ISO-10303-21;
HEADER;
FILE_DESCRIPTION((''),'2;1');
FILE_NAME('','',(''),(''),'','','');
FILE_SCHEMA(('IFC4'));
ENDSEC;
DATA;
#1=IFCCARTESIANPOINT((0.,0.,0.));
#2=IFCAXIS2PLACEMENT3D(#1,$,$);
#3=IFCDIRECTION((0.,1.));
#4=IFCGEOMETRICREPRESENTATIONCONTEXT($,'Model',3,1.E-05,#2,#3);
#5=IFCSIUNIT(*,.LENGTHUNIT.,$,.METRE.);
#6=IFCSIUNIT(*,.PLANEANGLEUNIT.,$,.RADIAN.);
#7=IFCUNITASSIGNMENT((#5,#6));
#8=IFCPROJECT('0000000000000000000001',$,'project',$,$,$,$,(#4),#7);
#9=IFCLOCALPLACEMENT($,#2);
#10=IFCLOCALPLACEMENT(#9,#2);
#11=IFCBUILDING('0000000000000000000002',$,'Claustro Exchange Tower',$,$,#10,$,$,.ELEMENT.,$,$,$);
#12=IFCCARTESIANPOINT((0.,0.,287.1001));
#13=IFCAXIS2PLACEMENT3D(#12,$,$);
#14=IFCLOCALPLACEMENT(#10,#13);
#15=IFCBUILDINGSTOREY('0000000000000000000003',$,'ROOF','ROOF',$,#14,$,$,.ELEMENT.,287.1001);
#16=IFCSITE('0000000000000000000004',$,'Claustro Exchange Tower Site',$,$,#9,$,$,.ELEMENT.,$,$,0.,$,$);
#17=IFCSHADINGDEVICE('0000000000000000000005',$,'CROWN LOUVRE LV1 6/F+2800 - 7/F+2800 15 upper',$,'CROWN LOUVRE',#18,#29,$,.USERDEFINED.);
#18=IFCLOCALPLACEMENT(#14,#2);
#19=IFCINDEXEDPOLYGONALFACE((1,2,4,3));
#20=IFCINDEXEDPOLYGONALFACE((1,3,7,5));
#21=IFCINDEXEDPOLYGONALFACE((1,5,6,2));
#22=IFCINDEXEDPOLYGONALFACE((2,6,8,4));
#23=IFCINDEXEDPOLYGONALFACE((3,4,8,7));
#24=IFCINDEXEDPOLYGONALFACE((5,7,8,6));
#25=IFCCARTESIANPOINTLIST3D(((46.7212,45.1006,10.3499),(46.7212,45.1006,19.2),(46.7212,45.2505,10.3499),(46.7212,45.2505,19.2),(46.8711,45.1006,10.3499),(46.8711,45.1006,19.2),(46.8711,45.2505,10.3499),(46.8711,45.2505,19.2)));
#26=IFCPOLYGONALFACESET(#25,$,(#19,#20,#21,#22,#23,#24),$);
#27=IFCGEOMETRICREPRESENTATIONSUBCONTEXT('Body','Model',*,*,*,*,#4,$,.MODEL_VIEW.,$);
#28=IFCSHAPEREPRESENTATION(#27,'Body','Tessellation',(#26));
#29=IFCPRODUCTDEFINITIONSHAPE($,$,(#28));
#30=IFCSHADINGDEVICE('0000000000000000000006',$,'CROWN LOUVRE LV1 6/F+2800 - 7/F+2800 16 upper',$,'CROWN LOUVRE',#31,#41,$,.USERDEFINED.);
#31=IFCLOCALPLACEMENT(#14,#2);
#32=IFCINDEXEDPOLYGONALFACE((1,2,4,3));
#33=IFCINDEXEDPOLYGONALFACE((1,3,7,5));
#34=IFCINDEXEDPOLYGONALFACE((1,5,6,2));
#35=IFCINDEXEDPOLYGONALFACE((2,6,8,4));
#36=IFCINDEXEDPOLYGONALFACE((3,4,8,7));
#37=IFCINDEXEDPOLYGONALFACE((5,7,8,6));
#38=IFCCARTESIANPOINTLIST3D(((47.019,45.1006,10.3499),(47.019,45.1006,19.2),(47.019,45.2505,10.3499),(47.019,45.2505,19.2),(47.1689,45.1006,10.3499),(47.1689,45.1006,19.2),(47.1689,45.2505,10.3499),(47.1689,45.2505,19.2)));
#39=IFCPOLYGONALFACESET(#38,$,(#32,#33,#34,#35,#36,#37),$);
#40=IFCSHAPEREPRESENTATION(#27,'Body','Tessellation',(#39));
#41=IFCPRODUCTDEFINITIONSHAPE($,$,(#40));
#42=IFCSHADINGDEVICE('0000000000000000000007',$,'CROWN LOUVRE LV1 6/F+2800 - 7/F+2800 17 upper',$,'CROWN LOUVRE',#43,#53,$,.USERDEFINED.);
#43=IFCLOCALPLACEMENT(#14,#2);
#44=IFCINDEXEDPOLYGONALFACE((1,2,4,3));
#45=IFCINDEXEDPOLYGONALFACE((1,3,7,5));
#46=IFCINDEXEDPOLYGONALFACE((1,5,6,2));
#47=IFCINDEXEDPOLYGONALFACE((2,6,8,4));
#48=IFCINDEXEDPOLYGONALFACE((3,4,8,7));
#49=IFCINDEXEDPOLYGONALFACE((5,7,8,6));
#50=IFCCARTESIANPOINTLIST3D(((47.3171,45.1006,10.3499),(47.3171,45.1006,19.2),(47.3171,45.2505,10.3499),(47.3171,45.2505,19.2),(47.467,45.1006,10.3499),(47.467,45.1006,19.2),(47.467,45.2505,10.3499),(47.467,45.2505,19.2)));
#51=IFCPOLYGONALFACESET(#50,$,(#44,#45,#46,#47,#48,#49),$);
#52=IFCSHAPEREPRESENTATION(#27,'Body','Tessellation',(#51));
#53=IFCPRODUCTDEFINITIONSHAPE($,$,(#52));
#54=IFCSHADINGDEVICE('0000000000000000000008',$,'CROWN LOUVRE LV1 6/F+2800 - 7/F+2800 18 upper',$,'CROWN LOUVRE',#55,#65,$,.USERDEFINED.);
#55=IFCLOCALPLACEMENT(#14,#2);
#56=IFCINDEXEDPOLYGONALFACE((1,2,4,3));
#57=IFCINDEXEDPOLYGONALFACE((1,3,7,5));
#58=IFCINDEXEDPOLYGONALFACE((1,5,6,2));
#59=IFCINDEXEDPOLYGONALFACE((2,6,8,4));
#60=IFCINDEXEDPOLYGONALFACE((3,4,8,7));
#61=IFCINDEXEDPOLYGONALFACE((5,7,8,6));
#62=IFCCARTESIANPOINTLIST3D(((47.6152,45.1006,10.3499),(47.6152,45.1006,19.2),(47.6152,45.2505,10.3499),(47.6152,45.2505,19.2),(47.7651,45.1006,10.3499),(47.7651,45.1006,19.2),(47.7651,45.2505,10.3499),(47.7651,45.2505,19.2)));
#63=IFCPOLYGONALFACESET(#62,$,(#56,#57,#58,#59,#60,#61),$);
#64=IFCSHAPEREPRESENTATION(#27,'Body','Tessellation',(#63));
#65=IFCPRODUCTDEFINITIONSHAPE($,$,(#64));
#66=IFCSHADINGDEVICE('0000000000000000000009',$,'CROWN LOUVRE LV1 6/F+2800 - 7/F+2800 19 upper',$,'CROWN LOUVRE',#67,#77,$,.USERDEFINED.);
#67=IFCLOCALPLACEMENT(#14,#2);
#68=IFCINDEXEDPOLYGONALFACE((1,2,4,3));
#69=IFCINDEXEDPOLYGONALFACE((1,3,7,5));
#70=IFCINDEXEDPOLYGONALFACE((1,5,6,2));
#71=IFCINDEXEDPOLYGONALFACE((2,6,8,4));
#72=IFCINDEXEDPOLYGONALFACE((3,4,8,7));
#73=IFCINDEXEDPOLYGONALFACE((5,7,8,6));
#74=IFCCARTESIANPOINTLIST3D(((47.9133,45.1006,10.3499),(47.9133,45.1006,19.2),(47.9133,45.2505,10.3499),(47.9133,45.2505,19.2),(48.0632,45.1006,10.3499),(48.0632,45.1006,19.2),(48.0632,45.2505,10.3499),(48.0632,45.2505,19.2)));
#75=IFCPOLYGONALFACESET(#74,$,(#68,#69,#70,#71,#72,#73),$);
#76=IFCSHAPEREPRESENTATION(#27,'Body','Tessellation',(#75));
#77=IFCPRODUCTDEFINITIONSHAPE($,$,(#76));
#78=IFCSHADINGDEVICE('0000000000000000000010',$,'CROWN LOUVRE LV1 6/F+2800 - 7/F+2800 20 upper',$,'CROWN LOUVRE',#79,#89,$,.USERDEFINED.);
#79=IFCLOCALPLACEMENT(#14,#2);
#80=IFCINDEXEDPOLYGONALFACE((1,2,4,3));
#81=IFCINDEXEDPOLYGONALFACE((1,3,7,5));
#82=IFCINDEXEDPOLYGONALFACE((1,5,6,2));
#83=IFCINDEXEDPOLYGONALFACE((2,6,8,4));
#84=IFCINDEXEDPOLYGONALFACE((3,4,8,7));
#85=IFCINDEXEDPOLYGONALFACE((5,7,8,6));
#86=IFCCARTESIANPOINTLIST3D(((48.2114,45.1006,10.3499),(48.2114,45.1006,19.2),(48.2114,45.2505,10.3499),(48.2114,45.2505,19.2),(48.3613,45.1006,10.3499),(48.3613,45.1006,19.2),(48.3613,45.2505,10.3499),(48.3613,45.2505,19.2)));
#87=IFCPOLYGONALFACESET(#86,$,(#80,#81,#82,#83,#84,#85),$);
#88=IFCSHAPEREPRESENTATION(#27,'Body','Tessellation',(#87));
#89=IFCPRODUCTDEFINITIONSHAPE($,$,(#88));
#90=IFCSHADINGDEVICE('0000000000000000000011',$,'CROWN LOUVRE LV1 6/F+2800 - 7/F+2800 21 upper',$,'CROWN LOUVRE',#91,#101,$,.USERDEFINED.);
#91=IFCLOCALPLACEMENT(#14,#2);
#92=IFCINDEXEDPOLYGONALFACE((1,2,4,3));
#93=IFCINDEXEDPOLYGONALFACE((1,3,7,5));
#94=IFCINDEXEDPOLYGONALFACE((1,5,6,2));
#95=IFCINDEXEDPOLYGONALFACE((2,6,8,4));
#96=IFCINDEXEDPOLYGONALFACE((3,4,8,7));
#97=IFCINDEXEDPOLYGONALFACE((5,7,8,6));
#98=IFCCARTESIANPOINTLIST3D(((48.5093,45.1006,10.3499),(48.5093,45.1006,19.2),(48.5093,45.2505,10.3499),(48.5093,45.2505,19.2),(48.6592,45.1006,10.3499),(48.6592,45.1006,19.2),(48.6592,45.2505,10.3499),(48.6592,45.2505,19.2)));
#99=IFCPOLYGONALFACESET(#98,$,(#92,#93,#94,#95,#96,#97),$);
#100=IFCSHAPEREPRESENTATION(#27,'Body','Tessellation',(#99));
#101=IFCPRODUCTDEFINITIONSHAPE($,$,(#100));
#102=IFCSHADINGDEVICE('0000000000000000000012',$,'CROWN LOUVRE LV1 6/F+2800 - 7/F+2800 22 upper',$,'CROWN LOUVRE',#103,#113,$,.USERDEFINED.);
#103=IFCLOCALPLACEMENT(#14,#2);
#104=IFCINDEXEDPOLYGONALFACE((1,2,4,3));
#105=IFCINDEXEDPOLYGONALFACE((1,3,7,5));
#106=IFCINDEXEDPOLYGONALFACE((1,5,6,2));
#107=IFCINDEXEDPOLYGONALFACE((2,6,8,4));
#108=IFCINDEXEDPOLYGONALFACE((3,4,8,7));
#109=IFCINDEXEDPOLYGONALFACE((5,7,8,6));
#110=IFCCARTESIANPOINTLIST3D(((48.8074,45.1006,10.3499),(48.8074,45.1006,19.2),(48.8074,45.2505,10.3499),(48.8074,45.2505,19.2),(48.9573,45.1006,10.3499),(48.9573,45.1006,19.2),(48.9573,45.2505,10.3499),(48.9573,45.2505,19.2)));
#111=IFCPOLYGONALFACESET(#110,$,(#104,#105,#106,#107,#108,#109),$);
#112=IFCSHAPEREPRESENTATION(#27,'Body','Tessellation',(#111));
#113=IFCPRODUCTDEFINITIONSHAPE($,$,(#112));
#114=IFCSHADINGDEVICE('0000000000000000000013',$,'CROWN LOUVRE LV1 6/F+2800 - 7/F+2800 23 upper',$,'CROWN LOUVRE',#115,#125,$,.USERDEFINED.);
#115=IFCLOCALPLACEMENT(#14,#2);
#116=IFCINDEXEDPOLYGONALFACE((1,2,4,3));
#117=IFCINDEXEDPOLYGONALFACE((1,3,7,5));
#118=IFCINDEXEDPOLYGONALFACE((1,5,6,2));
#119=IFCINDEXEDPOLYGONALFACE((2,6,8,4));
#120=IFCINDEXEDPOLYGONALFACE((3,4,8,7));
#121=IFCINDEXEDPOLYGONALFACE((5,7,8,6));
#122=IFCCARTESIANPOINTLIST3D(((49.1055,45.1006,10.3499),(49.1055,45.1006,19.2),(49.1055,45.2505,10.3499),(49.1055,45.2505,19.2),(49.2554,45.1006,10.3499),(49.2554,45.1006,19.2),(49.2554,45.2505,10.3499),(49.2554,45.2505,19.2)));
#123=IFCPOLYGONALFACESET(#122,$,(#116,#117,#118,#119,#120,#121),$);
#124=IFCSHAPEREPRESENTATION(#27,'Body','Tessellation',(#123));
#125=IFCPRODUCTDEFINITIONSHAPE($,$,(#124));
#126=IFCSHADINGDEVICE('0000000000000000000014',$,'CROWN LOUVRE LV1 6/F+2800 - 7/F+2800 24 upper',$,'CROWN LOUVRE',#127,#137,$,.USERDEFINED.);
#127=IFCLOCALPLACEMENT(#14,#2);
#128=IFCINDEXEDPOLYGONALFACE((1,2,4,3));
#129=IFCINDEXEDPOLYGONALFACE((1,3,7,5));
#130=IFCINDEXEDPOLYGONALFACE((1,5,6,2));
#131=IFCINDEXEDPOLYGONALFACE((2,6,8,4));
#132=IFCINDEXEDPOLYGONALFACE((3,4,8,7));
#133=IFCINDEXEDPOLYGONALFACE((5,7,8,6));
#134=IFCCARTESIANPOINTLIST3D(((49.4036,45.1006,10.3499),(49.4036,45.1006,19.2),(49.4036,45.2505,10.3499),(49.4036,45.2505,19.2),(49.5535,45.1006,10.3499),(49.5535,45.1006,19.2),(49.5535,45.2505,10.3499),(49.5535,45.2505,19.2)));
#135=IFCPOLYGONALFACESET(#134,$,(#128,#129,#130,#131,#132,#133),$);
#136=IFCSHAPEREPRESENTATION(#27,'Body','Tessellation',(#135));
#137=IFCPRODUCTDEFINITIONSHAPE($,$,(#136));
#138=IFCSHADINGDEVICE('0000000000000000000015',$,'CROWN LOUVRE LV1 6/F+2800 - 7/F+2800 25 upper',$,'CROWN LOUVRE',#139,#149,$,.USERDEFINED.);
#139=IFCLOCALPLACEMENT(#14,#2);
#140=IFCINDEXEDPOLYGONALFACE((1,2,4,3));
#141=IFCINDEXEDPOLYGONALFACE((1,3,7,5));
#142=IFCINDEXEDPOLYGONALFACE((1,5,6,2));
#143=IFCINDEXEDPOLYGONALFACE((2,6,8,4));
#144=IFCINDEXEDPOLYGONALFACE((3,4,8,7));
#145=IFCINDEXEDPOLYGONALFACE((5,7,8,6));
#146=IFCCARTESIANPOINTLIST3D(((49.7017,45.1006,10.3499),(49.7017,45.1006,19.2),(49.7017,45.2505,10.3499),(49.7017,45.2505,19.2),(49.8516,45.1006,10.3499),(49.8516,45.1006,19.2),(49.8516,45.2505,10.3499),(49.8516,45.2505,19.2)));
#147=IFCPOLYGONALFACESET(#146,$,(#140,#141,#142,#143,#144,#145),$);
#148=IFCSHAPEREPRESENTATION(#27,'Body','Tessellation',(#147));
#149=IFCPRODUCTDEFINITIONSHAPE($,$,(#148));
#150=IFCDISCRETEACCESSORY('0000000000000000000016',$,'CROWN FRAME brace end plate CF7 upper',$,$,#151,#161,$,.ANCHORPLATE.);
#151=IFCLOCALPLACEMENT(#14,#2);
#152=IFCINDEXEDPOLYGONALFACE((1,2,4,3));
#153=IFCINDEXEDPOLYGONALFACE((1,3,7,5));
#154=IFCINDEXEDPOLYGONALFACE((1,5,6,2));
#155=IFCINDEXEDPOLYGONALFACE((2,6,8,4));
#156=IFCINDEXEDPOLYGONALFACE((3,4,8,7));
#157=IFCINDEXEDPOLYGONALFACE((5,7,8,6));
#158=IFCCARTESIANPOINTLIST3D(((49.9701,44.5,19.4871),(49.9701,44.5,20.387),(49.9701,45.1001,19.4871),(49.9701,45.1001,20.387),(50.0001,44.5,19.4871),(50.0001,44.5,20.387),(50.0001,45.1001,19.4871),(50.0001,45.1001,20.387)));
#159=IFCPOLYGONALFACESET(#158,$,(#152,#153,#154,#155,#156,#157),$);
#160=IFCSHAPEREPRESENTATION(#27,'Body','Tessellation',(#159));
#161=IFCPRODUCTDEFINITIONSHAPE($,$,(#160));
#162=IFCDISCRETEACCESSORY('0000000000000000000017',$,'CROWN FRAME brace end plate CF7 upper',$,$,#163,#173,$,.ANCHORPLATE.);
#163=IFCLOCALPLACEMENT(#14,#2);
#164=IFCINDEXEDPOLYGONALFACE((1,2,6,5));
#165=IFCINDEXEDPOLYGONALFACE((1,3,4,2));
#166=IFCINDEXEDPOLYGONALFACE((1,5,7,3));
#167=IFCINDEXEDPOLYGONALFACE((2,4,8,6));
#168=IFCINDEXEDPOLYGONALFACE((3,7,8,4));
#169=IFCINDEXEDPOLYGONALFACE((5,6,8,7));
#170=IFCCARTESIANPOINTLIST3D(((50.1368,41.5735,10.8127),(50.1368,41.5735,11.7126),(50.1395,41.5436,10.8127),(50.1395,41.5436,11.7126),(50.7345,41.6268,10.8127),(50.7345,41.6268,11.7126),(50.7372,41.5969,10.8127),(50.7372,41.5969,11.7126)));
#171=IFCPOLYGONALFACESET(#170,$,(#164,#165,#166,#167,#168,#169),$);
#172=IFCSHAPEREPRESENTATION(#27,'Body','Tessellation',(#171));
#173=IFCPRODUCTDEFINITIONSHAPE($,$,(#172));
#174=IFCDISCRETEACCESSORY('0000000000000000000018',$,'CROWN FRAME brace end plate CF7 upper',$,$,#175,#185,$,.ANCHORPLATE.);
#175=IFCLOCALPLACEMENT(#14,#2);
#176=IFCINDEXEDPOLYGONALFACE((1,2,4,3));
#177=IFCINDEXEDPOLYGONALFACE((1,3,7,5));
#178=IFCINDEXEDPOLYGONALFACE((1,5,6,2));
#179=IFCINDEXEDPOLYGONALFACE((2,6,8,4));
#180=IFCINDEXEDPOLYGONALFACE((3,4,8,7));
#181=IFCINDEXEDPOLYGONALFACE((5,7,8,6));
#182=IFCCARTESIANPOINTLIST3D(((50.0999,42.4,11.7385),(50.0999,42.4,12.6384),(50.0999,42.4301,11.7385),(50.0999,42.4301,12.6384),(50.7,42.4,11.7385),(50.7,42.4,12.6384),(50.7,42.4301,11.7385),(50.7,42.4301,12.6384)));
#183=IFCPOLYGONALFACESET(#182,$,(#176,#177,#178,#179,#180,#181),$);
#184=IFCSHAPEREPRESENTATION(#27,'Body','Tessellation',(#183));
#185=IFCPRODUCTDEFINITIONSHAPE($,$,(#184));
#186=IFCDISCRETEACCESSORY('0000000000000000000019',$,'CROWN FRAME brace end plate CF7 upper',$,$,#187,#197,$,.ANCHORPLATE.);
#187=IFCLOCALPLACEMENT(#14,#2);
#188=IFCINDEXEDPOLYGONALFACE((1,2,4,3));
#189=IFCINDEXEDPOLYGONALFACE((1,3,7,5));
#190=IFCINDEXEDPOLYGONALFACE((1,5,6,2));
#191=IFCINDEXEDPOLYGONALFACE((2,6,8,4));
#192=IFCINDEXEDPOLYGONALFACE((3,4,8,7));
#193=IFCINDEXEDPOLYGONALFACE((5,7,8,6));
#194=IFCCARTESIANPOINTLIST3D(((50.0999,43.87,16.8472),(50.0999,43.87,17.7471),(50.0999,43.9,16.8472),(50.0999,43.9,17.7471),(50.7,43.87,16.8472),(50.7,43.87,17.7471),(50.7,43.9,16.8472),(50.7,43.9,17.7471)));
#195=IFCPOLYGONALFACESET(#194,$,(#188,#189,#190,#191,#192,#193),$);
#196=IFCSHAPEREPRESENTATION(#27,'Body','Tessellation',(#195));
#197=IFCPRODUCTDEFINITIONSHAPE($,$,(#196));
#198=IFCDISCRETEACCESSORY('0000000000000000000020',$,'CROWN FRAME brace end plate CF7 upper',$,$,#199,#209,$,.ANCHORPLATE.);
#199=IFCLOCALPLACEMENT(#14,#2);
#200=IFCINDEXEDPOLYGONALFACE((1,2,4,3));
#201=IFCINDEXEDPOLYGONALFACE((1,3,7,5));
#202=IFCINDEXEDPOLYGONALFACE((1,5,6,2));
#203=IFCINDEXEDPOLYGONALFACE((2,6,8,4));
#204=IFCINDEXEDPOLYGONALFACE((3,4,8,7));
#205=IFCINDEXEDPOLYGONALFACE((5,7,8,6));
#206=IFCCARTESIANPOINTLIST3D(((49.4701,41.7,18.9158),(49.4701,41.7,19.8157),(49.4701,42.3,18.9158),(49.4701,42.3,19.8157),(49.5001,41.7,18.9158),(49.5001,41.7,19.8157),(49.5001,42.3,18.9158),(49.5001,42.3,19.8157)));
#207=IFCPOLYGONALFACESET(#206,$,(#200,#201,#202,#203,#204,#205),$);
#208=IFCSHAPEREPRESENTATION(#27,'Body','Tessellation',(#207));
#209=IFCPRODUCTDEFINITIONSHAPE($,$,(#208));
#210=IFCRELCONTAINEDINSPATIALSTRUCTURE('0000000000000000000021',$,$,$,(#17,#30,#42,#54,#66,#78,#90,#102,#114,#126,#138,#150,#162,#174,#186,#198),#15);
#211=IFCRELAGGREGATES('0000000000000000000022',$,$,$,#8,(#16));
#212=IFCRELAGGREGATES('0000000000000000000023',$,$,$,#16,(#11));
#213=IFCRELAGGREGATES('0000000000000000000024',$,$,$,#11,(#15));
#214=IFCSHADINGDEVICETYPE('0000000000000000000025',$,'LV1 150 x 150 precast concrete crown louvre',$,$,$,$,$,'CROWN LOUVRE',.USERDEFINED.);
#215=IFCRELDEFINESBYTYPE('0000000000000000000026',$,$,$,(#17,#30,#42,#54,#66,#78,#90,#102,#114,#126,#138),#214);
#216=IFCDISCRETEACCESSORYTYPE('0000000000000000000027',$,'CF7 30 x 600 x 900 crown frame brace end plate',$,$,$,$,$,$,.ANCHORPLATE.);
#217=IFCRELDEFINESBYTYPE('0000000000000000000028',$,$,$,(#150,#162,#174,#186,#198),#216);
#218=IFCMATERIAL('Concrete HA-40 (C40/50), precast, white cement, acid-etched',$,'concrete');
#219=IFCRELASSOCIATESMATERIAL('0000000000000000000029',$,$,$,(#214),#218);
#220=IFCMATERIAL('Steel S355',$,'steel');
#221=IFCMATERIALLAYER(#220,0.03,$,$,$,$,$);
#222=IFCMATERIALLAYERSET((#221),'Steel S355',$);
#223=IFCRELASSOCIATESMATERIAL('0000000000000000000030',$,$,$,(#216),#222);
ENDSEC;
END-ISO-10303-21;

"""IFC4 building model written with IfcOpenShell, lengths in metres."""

from ifc_helpers import new_model, si_unit, direction, frame, origin, origin_2d, place, context, subcontext, project, spatial, rectangle, extrude, material, layer, layer_set, type_object, element, save


model = new_model("IFC4")

# Units and contexts
model_context = context("Model", 3, precision=1e-05, world=origin(), true_north=direction((0.0, 1.0)))
body_context = subcontext(model_context, "Body", "Model", "MODEL_VIEW")
ifc_project = project(units=[si_unit("LENGTHUNIT", "METRE"), si_unit("PLANEANGLEUNIT", "RADIAN")], contexts=[model_context])

# Site, building, storey
site_placement = place(None, origin())
site = spatial("IfcSite", under=ifc_project, at=site_placement, Name="Claustro Exchange Tower Site", CompositionType="ELEMENT", RefElevation=0.0)
building_placement = place(site_placement, origin())
building = spatial("IfcBuilding", under=site, at=building_placement, Name="Claustro Exchange Tower", CompositionType="ELEMENT")
storey_placement = place(building_placement, frame((0.0, 0.0, 287.1001)))
storey = spatial("IfcBuildingStorey", under=building, at=storey_placement, Name="ROOF", Description="ROOF", CompositionType="ELEMENT", Elevation=287.1001)

# Shading devices
ifc_material_1 = material(Name="Concrete HA-40 (C40/50), precast, white cement, acid-etched", Category="concrete")
shading_device_type = type_object("IfcShadingDeviceType", Name="LV1 150 x 150 precast concrete crown louvre", ElementType="CROWN LOUVRE", PredefinedType="USERDEFINED", material=ifc_material_1)
for number, where, z_axis, x_axis, name in (
    (1, (46.7961, 45.1755, 10.3499), (0.0, 0.0, 1.0), (1.0, 0.0, 0.0), "CROWN LOUVRE LV1 6/F+2800 - 7/F+2800 15 upper"),
    (2, (47.094, 45.1755, 10.3499), (0.0, 0.0, 1.0), (1.0, 0.0, 0.0), "CROWN LOUVRE LV1 6/F+2800 - 7/F+2800 16 upper"),
    (3, (47.3921, 45.1755, 10.3499), (0.0, 0.0, 1.0), (1.0, 0.0, 0.0), "CROWN LOUVRE LV1 6/F+2800 - 7/F+2800 17 upper"),
    (4, (47.6902, 45.1755, 10.3499), (0.0, 0.0, 1.0), (1.0, 0.0, 0.0), "CROWN LOUVRE LV1 6/F+2800 - 7/F+2800 18 upper"),
    (5, (47.9883, 45.1755, 10.3499), (0.0, 0.0, 1.0), (1.0, 0.0, 0.0), "CROWN LOUVRE LV1 6/F+2800 - 7/F+2800 19 upper"),
    (6, (48.2864, 45.1755, 10.3499), (0.0, 0.0, 1.0), (1.0, 0.0, 0.0), "CROWN LOUVRE LV1 6/F+2800 - 7/F+2800 20 upper"),
    (7, (48.5842, 45.1755, 10.3499), (0.0, 0.0, 1.0), (1.0, 0.0, 0.0), "CROWN LOUVRE LV1 6/F+2800 - 7/F+2800 21 upper"),
    (8, (48.8823, 45.1755, 10.3499), (0.0, 0.0, 1.0), (1.0, 0.0, 0.0), "CROWN LOUVRE LV1 6/F+2800 - 7/F+2800 22 upper"),
    (9, (49.1804, 45.1755, 10.3499), (0.0, 0.0, 1.0), (1.0, 0.0, 0.0), "CROWN LOUVRE LV1 6/F+2800 - 7/F+2800 23 upper"),
    (10, (49.4785, 45.1755, 10.3499), (0.0, 0.0, 1.0), (1.0, 0.0, 0.0), "CROWN LOUVRE LV1 6/F+2800 - 7/F+2800 24 upper"),
    (11, (49.7766, 45.1755, 10.3499), (0.0, 0.0, 1.0), (1.0, 0.0, 0.0), "CROWN LOUVRE LV1 6/F+2800 - 7/F+2800 25 upper"),
):
    element("IfcShadingDevice", number, at=place(storey_placement, frame(where, z_axis=z_axis, x_axis=x_axis)), inside=storey, type_object=shading_device_type, Name=name, ObjectType="CROWN LOUVRE", PredefinedType="USERDEFINED", context=body_context, shape_type="SweptSolid", body=[
        extrude(rectangle(XDim=0.1499, YDim=0.1499, at=origin_2d()), origin(), (0.0, 0.0, 1.0), 8.8501),
    ])

# Discrete accessories
ifc_material_2 = material(Name="Steel S355", Category="steel")
ifc_layer_1 = layer(ifc_material_2, 0.03)
ifc_layer_set_1 = layer_set([ifc_layer_1], Name="Steel S355")
discrete_accessory_type = type_object("IfcDiscreteAccessoryType", Name="CF7 30 x 600 x 900 crown frame brace end plate", PredefinedType="ANCHORPLATE", material=ifc_layer_set_1)
for number, where, z_axis, x_axis, name in (
    (12, (49.9851, 44.8, 19.4871), (0.0, 0.0, 1.0), (1.0, 0.0, 0.0), "CROWN FRAME brace end plate CF7 upper"),
    (13, (50.437, 41.5852, 10.8127), (0.0, 0.0, 1.0), (0.088933, -0.996038, 0.0), "CROWN FRAME brace end plate CF7 upper"),
    (14, (50.3999, 42.415, 11.7385), (0.0, 0.0, 1.0), (0.0, 1.0, 0.0), "CROWN FRAME brace end plate CF7 upper"),
    (15, (50.3999, 43.885, 16.8472), (0.0, 0.0, 1.0), (0.0, 1.0, 0.0), "CROWN FRAME brace end plate CF7 upper"),
    (16, (49.4851, 42.0, 18.9158), (0.0, 0.0, 1.0), (1.0, 0.0, 0.0), "CROWN FRAME brace end plate CF7 upper"),
):
    element("IfcDiscreteAccessory", number, at=place(storey_placement, frame(where, z_axis=z_axis, x_axis=x_axis)), inside=storey, type_object=discrete_accessory_type, Name=name, PredefinedType="ANCHORPLATE", context=body_context, shape_type="SweptSolid", body=[
        extrude(rectangle(XDim=0.03, YDim=0.6001, at=origin_2d()), origin(), (0.0, 0.0, 1.0), 0.8999),
    ])

save(model, "model.ifc")
